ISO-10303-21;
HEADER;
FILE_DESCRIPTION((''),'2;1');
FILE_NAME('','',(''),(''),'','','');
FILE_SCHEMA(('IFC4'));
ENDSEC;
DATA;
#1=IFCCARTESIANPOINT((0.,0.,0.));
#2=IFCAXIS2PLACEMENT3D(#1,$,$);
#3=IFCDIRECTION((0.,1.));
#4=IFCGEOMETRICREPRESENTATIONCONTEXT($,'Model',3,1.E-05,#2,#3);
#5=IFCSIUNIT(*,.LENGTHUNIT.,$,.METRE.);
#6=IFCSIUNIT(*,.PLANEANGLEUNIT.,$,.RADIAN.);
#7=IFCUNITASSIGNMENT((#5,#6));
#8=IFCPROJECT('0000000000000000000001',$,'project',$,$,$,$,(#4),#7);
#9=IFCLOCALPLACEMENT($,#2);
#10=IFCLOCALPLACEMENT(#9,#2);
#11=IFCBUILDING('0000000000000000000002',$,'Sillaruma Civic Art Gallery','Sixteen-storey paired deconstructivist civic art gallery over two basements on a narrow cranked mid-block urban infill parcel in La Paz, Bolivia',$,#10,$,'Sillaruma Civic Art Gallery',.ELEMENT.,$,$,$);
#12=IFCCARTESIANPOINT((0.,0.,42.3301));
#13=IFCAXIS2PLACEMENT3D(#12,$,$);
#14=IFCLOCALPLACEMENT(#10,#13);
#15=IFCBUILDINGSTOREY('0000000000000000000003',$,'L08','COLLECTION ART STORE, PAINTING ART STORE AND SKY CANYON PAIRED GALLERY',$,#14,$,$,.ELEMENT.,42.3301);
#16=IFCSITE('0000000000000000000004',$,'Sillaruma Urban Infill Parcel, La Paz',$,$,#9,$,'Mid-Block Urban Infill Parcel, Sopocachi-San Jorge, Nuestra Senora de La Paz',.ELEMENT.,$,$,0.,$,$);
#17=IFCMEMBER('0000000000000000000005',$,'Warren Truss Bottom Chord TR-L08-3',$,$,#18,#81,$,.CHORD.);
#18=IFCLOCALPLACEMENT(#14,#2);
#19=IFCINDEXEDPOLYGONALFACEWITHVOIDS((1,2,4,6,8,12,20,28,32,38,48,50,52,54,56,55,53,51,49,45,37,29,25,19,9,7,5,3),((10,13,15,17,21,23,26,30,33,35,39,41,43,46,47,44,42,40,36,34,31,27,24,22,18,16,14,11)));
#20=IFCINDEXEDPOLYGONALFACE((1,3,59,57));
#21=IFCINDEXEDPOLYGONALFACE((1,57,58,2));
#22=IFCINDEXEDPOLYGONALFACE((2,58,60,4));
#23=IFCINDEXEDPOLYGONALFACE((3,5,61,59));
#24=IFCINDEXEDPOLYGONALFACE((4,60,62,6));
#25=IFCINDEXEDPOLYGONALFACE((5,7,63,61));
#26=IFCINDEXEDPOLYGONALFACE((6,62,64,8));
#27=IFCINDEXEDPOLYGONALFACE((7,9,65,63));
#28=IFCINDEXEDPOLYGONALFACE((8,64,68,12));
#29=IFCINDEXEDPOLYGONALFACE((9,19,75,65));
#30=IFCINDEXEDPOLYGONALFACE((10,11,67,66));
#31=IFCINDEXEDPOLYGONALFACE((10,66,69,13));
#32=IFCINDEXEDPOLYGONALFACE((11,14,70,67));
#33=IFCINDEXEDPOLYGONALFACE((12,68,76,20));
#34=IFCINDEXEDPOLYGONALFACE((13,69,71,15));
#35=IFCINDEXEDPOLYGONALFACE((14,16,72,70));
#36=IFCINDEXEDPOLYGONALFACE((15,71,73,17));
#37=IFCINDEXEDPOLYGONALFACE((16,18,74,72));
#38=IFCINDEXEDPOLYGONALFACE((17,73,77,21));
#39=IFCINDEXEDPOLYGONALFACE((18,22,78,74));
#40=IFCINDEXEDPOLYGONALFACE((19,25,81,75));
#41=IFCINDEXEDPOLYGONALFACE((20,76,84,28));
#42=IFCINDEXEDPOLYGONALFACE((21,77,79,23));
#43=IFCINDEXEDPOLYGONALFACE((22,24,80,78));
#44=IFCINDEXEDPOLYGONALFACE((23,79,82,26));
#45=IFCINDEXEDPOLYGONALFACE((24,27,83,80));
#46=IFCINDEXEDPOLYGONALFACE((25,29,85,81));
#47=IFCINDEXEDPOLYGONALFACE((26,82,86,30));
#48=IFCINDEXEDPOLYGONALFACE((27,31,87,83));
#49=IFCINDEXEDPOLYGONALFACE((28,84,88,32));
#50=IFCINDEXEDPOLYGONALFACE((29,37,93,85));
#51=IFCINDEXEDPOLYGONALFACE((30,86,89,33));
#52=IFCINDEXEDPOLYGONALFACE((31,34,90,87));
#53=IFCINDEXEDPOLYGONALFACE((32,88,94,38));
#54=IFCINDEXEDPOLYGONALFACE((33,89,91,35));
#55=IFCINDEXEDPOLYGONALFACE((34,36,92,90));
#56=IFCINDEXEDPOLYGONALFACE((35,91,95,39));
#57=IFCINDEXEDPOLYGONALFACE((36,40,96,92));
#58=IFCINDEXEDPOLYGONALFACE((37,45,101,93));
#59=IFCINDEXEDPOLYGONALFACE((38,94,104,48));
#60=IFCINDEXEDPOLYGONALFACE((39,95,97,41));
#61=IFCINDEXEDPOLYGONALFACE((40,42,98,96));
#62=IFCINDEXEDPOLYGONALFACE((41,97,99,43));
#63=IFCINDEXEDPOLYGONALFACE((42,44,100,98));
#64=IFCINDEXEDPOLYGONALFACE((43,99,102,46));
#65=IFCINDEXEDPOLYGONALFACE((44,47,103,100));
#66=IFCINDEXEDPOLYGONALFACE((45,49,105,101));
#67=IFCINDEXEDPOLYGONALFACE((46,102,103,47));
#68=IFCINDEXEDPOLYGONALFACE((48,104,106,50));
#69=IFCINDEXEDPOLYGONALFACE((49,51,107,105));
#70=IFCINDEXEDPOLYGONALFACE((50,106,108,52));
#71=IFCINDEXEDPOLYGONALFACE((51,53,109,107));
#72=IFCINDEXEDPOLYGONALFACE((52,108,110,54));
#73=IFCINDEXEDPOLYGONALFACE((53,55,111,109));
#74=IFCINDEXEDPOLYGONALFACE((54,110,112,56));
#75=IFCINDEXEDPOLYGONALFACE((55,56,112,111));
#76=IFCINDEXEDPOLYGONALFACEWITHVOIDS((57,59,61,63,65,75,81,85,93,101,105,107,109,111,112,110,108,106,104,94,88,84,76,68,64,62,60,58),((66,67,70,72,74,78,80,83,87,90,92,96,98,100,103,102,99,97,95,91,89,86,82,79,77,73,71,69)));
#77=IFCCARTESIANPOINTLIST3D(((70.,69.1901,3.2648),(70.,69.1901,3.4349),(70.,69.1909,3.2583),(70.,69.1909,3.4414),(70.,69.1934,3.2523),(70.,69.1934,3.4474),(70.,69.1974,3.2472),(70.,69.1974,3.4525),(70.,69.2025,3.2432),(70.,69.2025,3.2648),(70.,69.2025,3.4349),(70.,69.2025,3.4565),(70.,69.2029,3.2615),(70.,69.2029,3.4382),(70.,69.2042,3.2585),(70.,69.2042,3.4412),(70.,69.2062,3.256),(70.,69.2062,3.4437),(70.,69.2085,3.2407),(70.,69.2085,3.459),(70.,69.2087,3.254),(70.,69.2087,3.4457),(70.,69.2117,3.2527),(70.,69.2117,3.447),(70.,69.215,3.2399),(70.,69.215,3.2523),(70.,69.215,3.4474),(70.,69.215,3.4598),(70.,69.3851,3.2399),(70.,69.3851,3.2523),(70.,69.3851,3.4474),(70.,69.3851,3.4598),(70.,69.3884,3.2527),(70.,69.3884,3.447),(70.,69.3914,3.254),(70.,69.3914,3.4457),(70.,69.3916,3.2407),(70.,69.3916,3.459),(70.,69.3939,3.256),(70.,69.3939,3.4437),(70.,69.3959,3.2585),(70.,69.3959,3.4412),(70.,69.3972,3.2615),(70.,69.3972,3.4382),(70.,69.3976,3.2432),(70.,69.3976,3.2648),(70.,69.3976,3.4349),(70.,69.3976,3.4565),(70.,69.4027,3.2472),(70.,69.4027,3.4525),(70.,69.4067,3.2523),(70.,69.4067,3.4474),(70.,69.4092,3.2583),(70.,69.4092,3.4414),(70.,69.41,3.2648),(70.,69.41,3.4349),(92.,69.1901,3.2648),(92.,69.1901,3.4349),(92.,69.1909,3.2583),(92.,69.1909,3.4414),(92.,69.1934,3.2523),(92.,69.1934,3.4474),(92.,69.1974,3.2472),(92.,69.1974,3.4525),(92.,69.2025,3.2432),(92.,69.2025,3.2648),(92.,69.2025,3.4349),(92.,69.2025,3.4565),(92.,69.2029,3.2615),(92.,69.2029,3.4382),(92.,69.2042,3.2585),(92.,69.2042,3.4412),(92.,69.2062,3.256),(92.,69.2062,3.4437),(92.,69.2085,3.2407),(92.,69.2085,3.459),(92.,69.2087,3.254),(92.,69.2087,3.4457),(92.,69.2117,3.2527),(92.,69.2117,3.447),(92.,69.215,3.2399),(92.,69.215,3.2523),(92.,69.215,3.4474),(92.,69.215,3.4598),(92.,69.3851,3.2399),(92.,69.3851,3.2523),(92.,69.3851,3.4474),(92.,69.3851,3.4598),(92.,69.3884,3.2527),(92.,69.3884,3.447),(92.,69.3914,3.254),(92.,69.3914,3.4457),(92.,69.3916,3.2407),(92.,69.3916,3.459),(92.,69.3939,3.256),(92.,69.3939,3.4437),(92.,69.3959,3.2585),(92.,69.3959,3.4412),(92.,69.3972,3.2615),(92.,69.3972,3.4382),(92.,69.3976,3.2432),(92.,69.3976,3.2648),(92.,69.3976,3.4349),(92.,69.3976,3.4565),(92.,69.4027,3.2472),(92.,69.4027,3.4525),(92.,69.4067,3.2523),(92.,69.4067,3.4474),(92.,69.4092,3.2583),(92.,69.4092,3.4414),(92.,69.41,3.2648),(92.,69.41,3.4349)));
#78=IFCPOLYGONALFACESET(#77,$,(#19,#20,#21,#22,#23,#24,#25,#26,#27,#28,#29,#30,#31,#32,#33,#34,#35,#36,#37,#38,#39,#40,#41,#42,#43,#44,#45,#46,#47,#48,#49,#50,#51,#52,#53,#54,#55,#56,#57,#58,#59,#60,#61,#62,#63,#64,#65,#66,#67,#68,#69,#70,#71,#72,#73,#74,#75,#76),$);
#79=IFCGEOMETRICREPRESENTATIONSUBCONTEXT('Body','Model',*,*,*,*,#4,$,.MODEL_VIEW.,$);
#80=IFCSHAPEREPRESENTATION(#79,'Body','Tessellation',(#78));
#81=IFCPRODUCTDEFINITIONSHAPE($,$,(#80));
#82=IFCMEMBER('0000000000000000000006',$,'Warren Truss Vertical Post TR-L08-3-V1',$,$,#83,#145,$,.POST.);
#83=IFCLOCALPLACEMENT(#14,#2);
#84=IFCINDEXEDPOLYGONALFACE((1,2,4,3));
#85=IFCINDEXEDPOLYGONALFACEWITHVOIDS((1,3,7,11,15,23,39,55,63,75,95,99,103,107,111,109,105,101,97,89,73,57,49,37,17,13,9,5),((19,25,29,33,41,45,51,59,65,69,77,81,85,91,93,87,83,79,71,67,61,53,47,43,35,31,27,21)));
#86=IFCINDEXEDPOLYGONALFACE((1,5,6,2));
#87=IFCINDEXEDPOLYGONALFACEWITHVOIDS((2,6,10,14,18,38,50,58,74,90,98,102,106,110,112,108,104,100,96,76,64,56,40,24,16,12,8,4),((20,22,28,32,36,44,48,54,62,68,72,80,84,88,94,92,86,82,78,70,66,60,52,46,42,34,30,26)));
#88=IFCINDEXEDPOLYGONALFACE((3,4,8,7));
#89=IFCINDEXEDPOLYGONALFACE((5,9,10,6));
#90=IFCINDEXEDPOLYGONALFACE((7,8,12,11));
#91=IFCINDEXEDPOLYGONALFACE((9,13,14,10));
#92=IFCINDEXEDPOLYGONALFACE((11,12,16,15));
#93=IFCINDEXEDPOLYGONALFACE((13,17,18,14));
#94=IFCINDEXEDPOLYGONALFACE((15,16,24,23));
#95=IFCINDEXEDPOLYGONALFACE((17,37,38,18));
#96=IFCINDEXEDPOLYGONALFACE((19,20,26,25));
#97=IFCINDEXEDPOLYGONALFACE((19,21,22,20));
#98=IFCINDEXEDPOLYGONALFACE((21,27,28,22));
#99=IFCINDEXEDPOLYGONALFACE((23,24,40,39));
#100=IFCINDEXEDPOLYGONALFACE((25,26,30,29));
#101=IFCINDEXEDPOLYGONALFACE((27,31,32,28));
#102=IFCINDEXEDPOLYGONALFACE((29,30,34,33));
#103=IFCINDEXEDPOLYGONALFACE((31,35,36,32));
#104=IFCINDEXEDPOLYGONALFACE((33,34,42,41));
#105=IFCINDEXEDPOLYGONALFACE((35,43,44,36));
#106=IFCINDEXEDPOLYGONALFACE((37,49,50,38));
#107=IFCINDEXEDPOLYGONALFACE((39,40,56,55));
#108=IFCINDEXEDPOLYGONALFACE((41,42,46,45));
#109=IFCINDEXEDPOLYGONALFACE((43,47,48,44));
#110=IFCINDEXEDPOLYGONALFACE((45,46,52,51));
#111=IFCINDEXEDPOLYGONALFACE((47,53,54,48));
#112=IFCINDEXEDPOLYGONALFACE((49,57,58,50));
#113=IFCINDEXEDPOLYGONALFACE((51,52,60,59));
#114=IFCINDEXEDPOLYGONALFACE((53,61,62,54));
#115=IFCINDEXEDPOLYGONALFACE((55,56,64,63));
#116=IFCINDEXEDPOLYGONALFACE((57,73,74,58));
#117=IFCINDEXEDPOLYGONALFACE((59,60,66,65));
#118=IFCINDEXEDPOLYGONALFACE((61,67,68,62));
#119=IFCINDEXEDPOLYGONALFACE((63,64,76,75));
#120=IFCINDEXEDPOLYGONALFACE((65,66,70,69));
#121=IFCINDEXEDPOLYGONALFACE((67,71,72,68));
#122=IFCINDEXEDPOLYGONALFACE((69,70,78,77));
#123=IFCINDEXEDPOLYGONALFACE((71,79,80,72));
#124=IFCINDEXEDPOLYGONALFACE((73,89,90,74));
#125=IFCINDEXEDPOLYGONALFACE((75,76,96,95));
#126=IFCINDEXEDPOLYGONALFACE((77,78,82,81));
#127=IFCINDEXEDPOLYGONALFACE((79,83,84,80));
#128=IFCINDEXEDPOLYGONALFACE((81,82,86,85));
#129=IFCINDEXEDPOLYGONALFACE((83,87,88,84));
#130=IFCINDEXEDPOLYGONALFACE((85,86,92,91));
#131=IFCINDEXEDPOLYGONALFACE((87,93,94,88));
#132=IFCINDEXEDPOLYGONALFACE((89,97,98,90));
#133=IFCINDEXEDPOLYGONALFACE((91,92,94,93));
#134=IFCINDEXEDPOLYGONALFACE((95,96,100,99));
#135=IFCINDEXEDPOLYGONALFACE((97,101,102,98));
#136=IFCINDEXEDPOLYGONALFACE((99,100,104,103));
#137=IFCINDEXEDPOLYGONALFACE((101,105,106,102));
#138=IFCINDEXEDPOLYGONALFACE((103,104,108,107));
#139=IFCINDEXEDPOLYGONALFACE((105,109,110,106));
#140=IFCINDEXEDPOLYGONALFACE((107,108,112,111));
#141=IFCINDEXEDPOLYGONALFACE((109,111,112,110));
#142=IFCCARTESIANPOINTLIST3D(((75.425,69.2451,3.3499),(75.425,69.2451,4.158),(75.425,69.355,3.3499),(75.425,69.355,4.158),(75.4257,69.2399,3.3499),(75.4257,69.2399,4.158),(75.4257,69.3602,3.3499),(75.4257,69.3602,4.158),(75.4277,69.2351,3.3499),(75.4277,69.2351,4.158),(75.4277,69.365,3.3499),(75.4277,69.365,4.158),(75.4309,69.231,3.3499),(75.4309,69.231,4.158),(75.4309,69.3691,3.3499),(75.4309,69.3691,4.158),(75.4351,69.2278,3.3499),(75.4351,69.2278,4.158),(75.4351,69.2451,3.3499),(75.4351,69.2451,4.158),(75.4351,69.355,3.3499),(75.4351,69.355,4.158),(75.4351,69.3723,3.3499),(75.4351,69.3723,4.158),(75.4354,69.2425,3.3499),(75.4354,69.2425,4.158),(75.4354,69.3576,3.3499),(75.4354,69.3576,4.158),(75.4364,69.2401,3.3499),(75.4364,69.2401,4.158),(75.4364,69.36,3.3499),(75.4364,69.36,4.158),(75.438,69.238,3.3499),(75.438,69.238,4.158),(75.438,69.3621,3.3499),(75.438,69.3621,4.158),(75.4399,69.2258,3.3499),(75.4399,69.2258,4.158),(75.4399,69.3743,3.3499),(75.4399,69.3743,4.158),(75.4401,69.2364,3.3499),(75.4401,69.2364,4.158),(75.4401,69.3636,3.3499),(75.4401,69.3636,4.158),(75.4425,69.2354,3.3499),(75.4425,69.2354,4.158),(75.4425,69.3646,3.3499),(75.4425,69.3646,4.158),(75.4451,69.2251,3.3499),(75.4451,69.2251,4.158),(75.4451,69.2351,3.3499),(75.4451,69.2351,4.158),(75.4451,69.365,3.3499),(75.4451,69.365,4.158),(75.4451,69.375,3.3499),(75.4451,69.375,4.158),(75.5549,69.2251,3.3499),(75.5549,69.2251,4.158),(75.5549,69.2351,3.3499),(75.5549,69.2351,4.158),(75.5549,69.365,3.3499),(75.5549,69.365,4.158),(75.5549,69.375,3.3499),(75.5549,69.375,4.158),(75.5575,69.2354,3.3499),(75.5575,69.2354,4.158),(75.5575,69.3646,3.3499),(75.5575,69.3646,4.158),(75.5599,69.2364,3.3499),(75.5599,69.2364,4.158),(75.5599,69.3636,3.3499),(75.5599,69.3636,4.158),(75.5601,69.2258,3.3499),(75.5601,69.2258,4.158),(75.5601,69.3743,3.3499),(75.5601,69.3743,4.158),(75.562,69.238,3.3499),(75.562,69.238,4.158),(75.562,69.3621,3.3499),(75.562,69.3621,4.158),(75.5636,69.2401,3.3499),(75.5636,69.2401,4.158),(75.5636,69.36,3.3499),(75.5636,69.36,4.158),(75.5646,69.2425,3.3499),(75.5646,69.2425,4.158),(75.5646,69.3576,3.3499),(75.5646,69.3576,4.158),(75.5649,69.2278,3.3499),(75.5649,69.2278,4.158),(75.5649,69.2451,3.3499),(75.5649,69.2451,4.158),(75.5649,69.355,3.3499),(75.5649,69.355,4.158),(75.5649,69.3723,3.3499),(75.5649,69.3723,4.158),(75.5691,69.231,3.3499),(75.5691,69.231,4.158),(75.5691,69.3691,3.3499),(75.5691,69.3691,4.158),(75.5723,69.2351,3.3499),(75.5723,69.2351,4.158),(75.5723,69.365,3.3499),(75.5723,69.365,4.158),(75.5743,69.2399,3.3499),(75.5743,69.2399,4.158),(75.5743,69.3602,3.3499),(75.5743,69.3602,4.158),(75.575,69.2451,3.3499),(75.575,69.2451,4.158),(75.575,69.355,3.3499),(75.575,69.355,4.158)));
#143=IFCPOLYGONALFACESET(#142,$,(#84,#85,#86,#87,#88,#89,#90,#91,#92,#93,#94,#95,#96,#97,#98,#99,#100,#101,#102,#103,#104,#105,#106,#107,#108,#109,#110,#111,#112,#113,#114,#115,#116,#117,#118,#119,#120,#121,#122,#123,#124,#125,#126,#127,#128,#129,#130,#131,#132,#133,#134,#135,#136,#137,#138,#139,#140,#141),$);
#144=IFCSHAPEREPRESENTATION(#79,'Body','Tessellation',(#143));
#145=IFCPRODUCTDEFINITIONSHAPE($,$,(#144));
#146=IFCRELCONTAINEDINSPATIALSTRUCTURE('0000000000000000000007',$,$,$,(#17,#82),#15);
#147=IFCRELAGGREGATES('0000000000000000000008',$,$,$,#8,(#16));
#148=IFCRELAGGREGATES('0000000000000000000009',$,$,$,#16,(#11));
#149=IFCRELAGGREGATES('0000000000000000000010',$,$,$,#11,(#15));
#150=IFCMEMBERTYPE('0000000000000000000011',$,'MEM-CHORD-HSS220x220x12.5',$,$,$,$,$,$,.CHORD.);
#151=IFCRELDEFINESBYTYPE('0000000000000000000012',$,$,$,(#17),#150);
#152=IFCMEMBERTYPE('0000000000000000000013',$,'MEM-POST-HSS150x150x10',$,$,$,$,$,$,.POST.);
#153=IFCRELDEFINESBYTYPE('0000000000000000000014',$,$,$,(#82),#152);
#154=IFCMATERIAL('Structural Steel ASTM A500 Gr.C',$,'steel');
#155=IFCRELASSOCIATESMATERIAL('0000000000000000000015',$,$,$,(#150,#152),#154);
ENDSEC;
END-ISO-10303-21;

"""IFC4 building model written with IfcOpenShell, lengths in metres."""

from ifc_helpers import new_model, si_unit, direction, frame, origin, origin_2d, place, context, subcontext, project, spatial, hollow_rectangle, extrude, material, material_profile, profile_set, type_object, element, save


model = new_model("IFC4")

# Units and contexts
model_context = context("Model", 3, precision=1e-05, world=origin(), true_north=direction((0.0, 1.0)))
body_context = subcontext(model_context, "Body", "Model", "MODEL_VIEW")
ifc_project = project(units=[si_unit("LENGTHUNIT", "METRE"), si_unit("PLANEANGLEUNIT", "RADIAN")], contexts=[model_context])

# Site, building, storey
site_placement = place(None, origin())
site = spatial("IfcSite", under=ifc_project, at=site_placement, Name="Sillaruma Urban Infill Parcel, La Paz", LongName="Mid-Block Urban Infill Parcel, Sopocachi-San Jorge, Nuestra Senora de La Paz", CompositionType="ELEMENT", RefElevation=0.0)
building_placement = place(site_placement, origin())
building = spatial("IfcBuilding", under=site, at=building_placement, Name="Sillaruma Civic Art Gallery", Description="Sixteen-storey paired deconstructivist civic art gallery over two basements on a narrow cranked mid-block urban infill parcel in La Paz, Bolivia", LongName="Sillaruma Civic Art Gallery", CompositionType="ELEMENT")
storey_placement = place(building_placement, frame((0.0, 0.0, 42.3301)))
storey = spatial("IfcBuildingStorey", under=building, at=storey_placement, Name="L08", Description="COLLECTION ART STORE, PAINTING ART STORE AND SKY CANYON PAIRED GALLERY", CompositionType="ELEMENT", Elevation=42.3301)

# Members
ifc_material_1 = material(Name="Structural Steel ASTM A500 Gr.C", Category="steel")
ifc_material_profile_1 = material_profile(ifc_material_1, hollow_rectangle(XDim=0.22, YDim=0.22, WallThickness=0.0125, InnerFilletRadius=0.0125, OuterFilletRadius=0.0249, at=origin_2d()), Name="HSS220x220x12.5")
ifc_profile_set_1 = profile_set([ifc_material_profile_1], Name="Structural Steel ASTM A500 Gr.C")
member_type_1 = type_object("IfcMemberType", Name="MEM-CHORD-HSS220x220x12.5", PredefinedType="CHORD", material=ifc_profile_set_1)
member_placement = place(storey_placement, frame((70.0, 69.3, 3.3499), z_axis=(1.0, 0.0, 0.0), x_axis=(0.0, 1.0, 0.0)))
element("IfcMember", 1, at=member_placement, inside=storey, type_object=member_type_1, Name="Warren Truss Bottom Chord TR-L08-3", PredefinedType="CHORD", context=body_context, shape_type="SweptSolid", body=[
    extrude(hollow_rectangle(XDim=0.22, YDim=0.22, WallThickness=0.0125, InnerFilletRadius=0.0125, OuterFilletRadius=0.0249, at=origin_2d()), origin(), (0.0, 0.0, 1.0), 22.0),
])
ifc_material_profile_2 = material_profile(ifc_material_1, hollow_rectangle(XDim=0.1499, YDim=0.1499, WallThickness=0.01, InnerFilletRadius=0.01, OuterFilletRadius=0.02, at=origin_2d()), Name="HSS150x150x10")
ifc_profile_set_2 = profile_set([ifc_material_profile_2], Name="Structural Steel ASTM A500 Gr.C")
member_type_2 = type_object("IfcMemberType", Name="MEM-POST-HSS150x150x10", PredefinedType="POST", material=ifc_profile_set_2)
for number, where, z_axis, x_axis, name in (
    (2, (75.5, 69.3, 3.3499), (0.0, 0.0, 1.0), (1.0, 0.0, 0.0), "Warren Truss Vertical Post TR-L08-3-V1"),
):
    element("IfcMember", number, at=place(storey_placement, frame(where, z_axis=z_axis, x_axis=x_axis)), inside=storey, type_object=member_type_2, Name=name, PredefinedType="POST", context=body_context, shape_type="SweptSolid", body=[
        extrude(hollow_rectangle(XDim=0.1499, YDim=0.1499, WallThickness=0.01, InnerFilletRadius=0.01, OuterFilletRadius=0.02, at=origin_2d()), origin(), (0.0, 0.0, 1.0), 0.8081),
    ])

save(model, "model.ifc")
